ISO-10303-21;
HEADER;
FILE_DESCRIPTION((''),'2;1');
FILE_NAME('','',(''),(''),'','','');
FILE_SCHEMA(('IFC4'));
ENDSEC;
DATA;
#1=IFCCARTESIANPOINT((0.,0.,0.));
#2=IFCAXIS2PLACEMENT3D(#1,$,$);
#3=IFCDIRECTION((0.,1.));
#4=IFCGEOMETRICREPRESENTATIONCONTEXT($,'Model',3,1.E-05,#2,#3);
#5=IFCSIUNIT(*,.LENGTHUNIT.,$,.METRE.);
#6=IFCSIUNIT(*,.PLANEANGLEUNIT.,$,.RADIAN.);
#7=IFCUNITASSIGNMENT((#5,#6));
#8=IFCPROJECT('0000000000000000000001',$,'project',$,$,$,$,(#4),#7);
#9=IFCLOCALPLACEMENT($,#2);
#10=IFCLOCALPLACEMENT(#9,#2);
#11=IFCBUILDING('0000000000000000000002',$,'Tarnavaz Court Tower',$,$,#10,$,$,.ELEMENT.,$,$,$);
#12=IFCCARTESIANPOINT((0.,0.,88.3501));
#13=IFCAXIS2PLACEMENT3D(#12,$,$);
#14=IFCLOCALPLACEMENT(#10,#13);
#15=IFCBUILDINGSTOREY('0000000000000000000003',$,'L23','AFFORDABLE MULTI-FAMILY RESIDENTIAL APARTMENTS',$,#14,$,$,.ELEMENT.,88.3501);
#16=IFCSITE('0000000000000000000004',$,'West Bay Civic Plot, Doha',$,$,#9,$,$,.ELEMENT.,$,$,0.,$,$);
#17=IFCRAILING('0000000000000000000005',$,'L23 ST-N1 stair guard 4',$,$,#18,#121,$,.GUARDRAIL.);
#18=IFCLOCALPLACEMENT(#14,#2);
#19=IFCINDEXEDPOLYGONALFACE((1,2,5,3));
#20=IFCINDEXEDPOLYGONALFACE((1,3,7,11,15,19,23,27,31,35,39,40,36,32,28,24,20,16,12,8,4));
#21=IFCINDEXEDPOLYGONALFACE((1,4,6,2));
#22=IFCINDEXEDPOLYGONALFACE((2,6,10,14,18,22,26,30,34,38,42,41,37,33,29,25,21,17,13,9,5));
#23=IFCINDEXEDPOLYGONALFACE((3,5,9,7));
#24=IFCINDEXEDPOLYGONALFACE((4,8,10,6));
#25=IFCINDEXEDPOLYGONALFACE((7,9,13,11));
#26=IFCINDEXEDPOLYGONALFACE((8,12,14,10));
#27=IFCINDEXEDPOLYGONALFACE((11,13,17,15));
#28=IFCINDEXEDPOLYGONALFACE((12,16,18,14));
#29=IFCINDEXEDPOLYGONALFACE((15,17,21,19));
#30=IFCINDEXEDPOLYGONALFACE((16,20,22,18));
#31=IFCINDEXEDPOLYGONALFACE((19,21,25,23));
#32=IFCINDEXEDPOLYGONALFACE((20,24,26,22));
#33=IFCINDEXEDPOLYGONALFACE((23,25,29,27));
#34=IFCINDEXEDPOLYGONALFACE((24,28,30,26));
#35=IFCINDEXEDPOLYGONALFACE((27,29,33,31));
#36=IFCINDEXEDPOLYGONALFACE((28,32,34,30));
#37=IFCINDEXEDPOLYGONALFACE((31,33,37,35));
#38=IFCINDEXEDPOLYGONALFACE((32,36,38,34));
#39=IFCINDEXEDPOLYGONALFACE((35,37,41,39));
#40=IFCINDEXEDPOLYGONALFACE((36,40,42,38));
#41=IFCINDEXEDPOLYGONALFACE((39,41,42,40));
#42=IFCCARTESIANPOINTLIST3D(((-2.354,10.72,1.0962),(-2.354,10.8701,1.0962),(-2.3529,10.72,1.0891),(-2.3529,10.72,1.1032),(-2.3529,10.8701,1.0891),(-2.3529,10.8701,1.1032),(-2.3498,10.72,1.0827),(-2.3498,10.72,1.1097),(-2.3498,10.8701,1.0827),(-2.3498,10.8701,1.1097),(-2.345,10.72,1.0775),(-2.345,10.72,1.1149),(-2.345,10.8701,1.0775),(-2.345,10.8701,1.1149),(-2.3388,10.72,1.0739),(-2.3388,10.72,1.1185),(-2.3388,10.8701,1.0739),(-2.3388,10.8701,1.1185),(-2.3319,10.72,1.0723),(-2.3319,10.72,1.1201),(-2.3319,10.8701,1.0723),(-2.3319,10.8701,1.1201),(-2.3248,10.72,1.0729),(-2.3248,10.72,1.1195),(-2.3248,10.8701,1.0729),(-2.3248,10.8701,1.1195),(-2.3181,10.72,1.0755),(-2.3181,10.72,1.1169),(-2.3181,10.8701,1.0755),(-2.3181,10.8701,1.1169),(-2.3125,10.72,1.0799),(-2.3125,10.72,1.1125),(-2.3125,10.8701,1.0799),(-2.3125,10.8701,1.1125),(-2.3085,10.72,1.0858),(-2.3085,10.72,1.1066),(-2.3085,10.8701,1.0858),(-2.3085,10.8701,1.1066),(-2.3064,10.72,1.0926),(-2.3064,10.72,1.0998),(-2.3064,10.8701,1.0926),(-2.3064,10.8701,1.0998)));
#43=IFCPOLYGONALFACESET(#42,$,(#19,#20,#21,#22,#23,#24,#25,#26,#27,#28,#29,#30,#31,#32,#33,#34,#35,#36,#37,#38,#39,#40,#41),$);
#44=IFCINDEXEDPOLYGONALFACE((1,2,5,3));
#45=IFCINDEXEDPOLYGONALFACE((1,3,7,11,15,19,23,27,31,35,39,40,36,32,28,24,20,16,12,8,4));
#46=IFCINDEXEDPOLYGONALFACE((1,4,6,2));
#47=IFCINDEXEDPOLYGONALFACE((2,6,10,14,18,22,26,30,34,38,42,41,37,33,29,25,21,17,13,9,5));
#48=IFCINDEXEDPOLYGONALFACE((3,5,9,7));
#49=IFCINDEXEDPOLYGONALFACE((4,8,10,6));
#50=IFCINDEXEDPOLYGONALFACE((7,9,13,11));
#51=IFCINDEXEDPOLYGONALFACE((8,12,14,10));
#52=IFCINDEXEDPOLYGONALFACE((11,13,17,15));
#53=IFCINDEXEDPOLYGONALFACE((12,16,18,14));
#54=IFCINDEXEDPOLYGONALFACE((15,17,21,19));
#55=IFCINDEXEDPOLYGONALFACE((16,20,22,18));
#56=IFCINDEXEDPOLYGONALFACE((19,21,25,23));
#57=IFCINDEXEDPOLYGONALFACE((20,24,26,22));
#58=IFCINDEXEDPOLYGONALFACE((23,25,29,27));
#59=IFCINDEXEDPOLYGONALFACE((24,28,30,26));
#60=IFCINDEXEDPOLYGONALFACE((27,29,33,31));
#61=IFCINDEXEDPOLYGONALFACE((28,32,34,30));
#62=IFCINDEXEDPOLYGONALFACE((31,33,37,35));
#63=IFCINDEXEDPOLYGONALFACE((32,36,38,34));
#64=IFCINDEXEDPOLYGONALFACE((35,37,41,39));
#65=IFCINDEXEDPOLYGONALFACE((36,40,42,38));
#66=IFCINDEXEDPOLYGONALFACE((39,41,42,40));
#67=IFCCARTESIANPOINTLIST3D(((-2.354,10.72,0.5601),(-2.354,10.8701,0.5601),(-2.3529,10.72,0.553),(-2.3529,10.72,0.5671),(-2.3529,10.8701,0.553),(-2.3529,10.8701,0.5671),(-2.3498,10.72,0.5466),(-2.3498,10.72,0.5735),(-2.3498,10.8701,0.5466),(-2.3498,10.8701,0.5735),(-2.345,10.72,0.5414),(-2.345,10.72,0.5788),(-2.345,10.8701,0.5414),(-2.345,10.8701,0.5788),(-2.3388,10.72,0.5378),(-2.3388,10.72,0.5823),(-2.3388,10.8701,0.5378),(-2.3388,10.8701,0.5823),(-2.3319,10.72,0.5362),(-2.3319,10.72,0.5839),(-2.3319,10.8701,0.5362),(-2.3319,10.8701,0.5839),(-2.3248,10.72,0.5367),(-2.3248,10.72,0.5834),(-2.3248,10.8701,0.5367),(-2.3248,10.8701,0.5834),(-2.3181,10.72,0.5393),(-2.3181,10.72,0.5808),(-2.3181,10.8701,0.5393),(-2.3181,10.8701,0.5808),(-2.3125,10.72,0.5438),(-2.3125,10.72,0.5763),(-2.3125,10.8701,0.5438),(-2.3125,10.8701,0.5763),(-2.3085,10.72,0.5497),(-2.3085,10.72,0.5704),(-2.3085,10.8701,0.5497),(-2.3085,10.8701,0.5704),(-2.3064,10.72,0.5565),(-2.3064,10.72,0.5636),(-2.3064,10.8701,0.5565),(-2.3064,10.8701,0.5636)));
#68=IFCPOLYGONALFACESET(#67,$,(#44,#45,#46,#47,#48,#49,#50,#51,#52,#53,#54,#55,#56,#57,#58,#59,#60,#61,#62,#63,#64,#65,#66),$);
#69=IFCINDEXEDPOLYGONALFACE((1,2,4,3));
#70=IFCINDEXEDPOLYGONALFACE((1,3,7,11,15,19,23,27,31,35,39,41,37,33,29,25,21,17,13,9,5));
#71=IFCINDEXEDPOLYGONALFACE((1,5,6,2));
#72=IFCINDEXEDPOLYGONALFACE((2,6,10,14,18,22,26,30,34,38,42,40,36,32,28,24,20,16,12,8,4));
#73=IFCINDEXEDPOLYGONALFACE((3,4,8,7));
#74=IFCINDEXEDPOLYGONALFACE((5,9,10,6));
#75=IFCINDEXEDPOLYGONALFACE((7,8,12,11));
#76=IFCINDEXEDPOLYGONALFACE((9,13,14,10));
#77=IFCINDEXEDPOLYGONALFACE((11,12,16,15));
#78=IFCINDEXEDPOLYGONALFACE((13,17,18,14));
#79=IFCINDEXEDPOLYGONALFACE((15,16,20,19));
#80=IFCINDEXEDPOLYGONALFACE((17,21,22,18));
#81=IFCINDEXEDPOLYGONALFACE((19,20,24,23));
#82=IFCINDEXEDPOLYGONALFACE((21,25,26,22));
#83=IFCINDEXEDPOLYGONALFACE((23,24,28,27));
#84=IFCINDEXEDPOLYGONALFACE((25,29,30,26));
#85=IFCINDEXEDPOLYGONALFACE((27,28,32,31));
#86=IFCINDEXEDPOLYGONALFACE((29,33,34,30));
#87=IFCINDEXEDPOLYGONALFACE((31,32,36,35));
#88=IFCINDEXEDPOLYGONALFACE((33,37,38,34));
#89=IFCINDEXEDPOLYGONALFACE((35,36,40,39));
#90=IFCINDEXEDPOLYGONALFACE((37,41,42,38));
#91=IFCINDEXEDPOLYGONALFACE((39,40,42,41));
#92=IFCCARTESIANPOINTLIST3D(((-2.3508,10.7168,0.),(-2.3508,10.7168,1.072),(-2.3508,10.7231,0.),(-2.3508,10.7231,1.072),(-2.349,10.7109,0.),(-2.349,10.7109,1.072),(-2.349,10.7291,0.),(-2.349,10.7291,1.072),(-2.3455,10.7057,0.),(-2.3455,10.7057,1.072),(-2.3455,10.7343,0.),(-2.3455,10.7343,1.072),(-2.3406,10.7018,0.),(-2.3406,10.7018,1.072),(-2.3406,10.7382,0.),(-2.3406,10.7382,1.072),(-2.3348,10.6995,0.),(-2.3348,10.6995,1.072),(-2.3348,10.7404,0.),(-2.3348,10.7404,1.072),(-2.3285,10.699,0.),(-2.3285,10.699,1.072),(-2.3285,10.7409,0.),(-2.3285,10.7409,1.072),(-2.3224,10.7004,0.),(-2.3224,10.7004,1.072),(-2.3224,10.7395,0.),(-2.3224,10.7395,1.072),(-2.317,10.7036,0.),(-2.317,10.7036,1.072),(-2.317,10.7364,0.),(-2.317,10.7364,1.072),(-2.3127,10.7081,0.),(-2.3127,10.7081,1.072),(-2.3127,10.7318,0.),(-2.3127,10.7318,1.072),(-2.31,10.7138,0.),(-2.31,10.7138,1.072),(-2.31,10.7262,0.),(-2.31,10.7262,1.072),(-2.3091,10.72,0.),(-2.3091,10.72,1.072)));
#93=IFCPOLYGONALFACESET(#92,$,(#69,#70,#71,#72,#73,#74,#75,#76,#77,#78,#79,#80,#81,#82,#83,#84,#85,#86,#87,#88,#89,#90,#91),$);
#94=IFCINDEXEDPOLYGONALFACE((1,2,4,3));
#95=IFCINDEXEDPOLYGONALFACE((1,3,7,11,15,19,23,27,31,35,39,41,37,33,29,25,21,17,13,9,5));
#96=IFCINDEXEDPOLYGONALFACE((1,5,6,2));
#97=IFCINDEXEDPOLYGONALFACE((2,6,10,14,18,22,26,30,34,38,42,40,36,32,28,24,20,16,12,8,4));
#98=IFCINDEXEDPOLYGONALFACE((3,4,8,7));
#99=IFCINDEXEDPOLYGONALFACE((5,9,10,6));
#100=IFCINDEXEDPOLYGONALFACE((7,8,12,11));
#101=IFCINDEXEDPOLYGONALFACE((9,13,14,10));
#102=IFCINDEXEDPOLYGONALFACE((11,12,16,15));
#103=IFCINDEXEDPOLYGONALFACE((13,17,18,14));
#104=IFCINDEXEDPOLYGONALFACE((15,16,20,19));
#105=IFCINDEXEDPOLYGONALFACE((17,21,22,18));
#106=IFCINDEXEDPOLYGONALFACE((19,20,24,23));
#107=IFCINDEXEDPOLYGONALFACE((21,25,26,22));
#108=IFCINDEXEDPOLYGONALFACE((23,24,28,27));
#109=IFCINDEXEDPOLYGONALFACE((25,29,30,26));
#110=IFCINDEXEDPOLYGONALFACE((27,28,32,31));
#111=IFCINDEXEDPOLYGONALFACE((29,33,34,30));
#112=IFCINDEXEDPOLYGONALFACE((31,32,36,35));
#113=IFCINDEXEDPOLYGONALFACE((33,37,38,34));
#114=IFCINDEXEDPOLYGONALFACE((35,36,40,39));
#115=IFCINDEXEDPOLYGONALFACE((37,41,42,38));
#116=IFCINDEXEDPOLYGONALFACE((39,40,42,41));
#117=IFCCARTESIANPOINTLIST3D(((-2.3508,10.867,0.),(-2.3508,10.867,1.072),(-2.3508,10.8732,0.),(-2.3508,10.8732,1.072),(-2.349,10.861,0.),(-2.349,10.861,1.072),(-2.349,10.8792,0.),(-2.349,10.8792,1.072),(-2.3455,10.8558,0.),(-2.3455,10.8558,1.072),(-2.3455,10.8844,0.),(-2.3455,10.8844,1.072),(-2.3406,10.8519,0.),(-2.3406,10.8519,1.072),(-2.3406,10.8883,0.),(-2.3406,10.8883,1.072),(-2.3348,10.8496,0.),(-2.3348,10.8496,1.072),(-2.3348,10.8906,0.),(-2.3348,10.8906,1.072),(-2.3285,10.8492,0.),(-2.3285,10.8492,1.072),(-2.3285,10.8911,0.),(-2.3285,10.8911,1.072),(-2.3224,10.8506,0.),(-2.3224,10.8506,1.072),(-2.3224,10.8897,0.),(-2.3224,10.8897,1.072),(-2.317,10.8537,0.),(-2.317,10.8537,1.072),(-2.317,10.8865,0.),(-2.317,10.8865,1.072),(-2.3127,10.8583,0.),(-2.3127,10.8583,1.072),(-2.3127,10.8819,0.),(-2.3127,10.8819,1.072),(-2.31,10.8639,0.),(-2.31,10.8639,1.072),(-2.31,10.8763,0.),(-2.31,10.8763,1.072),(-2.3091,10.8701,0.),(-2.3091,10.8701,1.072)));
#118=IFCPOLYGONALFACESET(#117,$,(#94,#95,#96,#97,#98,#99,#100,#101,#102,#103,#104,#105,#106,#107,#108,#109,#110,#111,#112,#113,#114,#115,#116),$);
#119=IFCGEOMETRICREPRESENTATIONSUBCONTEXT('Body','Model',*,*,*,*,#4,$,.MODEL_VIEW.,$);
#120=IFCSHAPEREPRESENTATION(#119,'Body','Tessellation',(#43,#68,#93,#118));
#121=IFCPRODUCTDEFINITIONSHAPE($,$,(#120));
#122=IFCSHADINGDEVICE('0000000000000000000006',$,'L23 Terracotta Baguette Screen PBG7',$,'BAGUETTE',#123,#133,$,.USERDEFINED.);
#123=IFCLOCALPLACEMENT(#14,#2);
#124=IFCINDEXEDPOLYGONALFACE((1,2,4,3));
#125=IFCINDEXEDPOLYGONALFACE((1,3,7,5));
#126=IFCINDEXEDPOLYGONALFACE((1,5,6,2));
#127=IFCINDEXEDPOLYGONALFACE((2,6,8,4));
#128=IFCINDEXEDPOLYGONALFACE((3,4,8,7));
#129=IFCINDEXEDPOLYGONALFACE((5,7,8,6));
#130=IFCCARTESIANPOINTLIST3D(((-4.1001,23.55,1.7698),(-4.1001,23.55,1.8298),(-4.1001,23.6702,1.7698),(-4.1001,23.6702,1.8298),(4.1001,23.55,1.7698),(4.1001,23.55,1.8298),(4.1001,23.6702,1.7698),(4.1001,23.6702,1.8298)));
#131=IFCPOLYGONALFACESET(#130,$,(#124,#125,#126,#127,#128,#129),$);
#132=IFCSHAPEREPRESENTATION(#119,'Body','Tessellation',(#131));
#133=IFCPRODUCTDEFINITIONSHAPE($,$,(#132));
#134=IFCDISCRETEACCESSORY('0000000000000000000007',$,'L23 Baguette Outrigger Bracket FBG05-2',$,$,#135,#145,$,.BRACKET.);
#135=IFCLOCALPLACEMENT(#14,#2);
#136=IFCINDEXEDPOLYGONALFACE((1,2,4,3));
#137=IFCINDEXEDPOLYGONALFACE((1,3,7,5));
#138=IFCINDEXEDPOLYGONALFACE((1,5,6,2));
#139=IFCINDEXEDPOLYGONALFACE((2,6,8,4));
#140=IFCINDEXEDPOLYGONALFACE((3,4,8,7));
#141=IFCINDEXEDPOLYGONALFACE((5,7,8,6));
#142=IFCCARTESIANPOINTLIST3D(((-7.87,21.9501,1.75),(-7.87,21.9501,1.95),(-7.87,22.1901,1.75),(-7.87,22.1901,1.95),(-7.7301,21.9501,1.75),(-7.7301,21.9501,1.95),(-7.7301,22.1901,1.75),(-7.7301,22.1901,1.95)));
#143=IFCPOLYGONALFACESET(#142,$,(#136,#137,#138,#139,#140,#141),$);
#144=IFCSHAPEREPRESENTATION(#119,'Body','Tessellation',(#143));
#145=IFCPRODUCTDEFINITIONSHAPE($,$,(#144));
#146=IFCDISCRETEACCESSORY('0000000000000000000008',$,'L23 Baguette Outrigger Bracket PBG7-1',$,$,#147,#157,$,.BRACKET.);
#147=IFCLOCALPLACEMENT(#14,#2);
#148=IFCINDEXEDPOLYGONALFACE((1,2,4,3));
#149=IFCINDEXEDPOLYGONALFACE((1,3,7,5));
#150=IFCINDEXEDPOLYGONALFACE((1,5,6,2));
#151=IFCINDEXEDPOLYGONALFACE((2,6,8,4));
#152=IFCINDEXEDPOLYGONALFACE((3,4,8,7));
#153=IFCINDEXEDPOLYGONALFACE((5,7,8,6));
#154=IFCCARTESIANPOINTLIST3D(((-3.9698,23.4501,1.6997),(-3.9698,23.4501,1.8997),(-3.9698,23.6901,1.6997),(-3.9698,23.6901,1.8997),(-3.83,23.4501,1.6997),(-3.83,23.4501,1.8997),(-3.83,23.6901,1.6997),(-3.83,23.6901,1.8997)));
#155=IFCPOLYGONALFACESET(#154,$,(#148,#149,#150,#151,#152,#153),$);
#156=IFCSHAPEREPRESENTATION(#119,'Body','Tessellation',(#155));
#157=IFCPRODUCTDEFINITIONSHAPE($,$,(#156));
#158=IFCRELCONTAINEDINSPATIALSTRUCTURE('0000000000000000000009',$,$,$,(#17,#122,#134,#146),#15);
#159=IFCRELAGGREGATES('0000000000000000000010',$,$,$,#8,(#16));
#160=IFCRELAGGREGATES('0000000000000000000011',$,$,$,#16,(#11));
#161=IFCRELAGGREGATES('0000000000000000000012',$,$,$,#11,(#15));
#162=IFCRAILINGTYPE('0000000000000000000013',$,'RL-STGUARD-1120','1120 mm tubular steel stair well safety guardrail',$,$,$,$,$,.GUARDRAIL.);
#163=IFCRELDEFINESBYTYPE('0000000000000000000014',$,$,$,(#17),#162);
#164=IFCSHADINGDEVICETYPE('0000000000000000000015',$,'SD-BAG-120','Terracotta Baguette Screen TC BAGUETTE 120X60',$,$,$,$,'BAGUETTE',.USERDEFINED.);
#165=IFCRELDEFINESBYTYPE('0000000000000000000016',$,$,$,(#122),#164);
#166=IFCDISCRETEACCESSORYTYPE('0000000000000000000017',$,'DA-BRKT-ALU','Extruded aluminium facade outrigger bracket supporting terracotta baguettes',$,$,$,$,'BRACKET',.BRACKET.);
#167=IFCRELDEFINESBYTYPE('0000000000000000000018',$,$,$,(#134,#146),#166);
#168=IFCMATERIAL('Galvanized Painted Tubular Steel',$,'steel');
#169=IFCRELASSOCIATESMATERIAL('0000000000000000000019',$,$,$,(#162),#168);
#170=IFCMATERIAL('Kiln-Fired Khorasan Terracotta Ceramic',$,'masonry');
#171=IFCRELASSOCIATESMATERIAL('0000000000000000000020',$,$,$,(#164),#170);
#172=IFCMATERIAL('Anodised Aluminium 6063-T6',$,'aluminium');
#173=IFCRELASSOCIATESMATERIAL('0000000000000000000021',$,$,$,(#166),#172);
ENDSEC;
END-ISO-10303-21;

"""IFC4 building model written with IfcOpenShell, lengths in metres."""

from ifc_helpers import new_model, si_unit, direction, frame, origin, origin_2d, place, context, subcontext, project, spatial, rectangle, circle, extrude, material, material_profile, profile_set, type_object, element, save


model = new_model("IFC4")

# Units and contexts
model_context = context("Model", 3, precision=1e-05, world=origin(), true_north=direction((0.0, 1.0)))
body_context = subcontext(model_context, "Body", "Model", "MODEL_VIEW")
ifc_project = project(units=[si_unit("LENGTHUNIT", "METRE"), si_unit("PLANEANGLEUNIT", "RADIAN")], contexts=[model_context])

# Site, building, storey
site_placement = place(None, origin())
site = spatial("IfcSite", under=ifc_project, at=site_placement, Name="West Bay Civic Plot, Doha", CompositionType="ELEMENT", RefElevation=0.0)
building_placement = place(site_placement, origin())
building = spatial("IfcBuilding", under=site, at=building_placement, Name="Tarnavaz Court Tower", CompositionType="ELEMENT")
storey_placement = place(building_placement, frame((0.0, 0.0, 88.3501)))
storey = spatial("IfcBuildingStorey", under=building, at=storey_placement, Name="L23", Description="AFFORDABLE MULTI-FAMILY RESIDENTIAL APARTMENTS", CompositionType="ELEMENT", Elevation=88.3501)

# Shared definitions
ifc_material_1 = material(Name="Anodised Aluminium 6063-T6", Category="aluminium")

# Railing
ifc_material_2 = material(Name="Galvanized Painted Tubular Steel", Category="steel")
railing_type = type_object("IfcRailingType", Name="RL-STGUARD-1120", Description="1120 mm tubular steel stair well safety guardrail", PredefinedType="GUARDRAIL", material=ifc_material_2)
railing_placement = place(storey_placement, frame((-2.3301, 10.72, 0.0)))
element("IfcRailing", 1, at=railing_placement, inside=storey, type_object=railing_type, Name="L23 ST-N1 stair guard 4", PredefinedType="GUARDRAIL", context=body_context, shape_type="SweptSolid", body=[
    extrude(circle(Radius=0.0239, at=origin_2d()), frame((0.0, 0.0, 1.0962), z_axis=(0.0, 1.0, 0.0), x_axis=(-1.0, 0.0, 0.0)), (0.0, 0.0, 1.0), 0.1501),
    extrude(circle(Radius=0.0239, at=origin_2d()), frame((0.0, 0.0, 0.5601), z_axis=(0.0, 1.0, 0.0), x_axis=(-1.0, 0.0, 0.0)), (0.0, 0.0, 1.0), 0.1501),
    extrude(circle(Radius=0.021, at=origin_2d()), origin(), (0.0, 0.0, 1.0), 1.072),
    extrude(circle(Radius=0.021, at=origin_2d()), frame((0.0, 0.1501, 0.0)), (0.0, 0.0, 1.0), 1.072),
])

# Shading device
ifc_material_3 = material(Name="Kiln-Fired Khorasan Terracotta Ceramic", Category="masonry")
ifc_material_profile_1 = material_profile(ifc_material_3, rectangle(XDim=0.1201, YDim=0.0601, at=origin_2d()), Name="TC BAGUETTE 120X60")
ifc_profile_set_1 = profile_set([ifc_material_profile_1], Name="Kiln-Fired Khorasan Terracotta Ceramic")
shading_device_type = type_object("IfcShadingDeviceType", Name="SD-BAG-120", Description="Terracotta Baguette Screen TC BAGUETTE 120X60", ElementType="BAGUETTE", PredefinedType="USERDEFINED", material=ifc_profile_set_1)
shading_device_placement = place(storey_placement, frame((-4.1001, 23.6101, 1.7998), z_axis=(1.0, 0.0, 0.0), x_axis=(0.0, 1.0, 0.0)))
element("IfcShadingDevice", 2, at=shading_device_placement, inside=storey, type_object=shading_device_type, Name="L23 Terracotta Baguette Screen PBG7", ObjectType="BAGUETTE", PredefinedType="USERDEFINED", context=body_context, shape_type="SweptSolid", body=[
    extrude(rectangle(XDim=0.1201, YDim=0.0601, at=origin_2d()), origin(), (0.0, 0.0, 1.0), 8.2002),
])

# Discrete accessories
discrete_accessory_type = type_object("IfcDiscreteAccessoryType", Name="DA-BRKT-ALU", Description="Extruded aluminium facade outrigger bracket supporting terracotta baguettes", ElementType="BRACKET", PredefinedType="BRACKET", material=ifc_material_1)
for number, where, z_axis, x_axis, name in (
    (3, (-7.8, 22.0701, 1.75), (0.0, 0.0, 1.0), (1.0, 0.0, 0.0), "L23 Baguette Outrigger Bracket FBG05-2"),
    (4, (-3.8999, 23.5701, 1.6997), (0.0, 0.0, 1.0), (1.0, 0.0, 0.0), "L23 Baguette Outrigger Bracket PBG7-1"),
):
    element("IfcDiscreteAccessory", number, at=place(storey_placement, frame(where, z_axis=z_axis, x_axis=x_axis)), inside=storey, type_object=discrete_accessory_type, Name=name, PredefinedType="BRACKET", context=body_context, shape_type="SweptSolid", body=[
        extrude(rectangle(XDim=0.1399, YDim=0.24, at=origin_2d()), origin(), (0.0, 0.0, 1.0), 0.2),
    ])

save(model, "model.ifc")
